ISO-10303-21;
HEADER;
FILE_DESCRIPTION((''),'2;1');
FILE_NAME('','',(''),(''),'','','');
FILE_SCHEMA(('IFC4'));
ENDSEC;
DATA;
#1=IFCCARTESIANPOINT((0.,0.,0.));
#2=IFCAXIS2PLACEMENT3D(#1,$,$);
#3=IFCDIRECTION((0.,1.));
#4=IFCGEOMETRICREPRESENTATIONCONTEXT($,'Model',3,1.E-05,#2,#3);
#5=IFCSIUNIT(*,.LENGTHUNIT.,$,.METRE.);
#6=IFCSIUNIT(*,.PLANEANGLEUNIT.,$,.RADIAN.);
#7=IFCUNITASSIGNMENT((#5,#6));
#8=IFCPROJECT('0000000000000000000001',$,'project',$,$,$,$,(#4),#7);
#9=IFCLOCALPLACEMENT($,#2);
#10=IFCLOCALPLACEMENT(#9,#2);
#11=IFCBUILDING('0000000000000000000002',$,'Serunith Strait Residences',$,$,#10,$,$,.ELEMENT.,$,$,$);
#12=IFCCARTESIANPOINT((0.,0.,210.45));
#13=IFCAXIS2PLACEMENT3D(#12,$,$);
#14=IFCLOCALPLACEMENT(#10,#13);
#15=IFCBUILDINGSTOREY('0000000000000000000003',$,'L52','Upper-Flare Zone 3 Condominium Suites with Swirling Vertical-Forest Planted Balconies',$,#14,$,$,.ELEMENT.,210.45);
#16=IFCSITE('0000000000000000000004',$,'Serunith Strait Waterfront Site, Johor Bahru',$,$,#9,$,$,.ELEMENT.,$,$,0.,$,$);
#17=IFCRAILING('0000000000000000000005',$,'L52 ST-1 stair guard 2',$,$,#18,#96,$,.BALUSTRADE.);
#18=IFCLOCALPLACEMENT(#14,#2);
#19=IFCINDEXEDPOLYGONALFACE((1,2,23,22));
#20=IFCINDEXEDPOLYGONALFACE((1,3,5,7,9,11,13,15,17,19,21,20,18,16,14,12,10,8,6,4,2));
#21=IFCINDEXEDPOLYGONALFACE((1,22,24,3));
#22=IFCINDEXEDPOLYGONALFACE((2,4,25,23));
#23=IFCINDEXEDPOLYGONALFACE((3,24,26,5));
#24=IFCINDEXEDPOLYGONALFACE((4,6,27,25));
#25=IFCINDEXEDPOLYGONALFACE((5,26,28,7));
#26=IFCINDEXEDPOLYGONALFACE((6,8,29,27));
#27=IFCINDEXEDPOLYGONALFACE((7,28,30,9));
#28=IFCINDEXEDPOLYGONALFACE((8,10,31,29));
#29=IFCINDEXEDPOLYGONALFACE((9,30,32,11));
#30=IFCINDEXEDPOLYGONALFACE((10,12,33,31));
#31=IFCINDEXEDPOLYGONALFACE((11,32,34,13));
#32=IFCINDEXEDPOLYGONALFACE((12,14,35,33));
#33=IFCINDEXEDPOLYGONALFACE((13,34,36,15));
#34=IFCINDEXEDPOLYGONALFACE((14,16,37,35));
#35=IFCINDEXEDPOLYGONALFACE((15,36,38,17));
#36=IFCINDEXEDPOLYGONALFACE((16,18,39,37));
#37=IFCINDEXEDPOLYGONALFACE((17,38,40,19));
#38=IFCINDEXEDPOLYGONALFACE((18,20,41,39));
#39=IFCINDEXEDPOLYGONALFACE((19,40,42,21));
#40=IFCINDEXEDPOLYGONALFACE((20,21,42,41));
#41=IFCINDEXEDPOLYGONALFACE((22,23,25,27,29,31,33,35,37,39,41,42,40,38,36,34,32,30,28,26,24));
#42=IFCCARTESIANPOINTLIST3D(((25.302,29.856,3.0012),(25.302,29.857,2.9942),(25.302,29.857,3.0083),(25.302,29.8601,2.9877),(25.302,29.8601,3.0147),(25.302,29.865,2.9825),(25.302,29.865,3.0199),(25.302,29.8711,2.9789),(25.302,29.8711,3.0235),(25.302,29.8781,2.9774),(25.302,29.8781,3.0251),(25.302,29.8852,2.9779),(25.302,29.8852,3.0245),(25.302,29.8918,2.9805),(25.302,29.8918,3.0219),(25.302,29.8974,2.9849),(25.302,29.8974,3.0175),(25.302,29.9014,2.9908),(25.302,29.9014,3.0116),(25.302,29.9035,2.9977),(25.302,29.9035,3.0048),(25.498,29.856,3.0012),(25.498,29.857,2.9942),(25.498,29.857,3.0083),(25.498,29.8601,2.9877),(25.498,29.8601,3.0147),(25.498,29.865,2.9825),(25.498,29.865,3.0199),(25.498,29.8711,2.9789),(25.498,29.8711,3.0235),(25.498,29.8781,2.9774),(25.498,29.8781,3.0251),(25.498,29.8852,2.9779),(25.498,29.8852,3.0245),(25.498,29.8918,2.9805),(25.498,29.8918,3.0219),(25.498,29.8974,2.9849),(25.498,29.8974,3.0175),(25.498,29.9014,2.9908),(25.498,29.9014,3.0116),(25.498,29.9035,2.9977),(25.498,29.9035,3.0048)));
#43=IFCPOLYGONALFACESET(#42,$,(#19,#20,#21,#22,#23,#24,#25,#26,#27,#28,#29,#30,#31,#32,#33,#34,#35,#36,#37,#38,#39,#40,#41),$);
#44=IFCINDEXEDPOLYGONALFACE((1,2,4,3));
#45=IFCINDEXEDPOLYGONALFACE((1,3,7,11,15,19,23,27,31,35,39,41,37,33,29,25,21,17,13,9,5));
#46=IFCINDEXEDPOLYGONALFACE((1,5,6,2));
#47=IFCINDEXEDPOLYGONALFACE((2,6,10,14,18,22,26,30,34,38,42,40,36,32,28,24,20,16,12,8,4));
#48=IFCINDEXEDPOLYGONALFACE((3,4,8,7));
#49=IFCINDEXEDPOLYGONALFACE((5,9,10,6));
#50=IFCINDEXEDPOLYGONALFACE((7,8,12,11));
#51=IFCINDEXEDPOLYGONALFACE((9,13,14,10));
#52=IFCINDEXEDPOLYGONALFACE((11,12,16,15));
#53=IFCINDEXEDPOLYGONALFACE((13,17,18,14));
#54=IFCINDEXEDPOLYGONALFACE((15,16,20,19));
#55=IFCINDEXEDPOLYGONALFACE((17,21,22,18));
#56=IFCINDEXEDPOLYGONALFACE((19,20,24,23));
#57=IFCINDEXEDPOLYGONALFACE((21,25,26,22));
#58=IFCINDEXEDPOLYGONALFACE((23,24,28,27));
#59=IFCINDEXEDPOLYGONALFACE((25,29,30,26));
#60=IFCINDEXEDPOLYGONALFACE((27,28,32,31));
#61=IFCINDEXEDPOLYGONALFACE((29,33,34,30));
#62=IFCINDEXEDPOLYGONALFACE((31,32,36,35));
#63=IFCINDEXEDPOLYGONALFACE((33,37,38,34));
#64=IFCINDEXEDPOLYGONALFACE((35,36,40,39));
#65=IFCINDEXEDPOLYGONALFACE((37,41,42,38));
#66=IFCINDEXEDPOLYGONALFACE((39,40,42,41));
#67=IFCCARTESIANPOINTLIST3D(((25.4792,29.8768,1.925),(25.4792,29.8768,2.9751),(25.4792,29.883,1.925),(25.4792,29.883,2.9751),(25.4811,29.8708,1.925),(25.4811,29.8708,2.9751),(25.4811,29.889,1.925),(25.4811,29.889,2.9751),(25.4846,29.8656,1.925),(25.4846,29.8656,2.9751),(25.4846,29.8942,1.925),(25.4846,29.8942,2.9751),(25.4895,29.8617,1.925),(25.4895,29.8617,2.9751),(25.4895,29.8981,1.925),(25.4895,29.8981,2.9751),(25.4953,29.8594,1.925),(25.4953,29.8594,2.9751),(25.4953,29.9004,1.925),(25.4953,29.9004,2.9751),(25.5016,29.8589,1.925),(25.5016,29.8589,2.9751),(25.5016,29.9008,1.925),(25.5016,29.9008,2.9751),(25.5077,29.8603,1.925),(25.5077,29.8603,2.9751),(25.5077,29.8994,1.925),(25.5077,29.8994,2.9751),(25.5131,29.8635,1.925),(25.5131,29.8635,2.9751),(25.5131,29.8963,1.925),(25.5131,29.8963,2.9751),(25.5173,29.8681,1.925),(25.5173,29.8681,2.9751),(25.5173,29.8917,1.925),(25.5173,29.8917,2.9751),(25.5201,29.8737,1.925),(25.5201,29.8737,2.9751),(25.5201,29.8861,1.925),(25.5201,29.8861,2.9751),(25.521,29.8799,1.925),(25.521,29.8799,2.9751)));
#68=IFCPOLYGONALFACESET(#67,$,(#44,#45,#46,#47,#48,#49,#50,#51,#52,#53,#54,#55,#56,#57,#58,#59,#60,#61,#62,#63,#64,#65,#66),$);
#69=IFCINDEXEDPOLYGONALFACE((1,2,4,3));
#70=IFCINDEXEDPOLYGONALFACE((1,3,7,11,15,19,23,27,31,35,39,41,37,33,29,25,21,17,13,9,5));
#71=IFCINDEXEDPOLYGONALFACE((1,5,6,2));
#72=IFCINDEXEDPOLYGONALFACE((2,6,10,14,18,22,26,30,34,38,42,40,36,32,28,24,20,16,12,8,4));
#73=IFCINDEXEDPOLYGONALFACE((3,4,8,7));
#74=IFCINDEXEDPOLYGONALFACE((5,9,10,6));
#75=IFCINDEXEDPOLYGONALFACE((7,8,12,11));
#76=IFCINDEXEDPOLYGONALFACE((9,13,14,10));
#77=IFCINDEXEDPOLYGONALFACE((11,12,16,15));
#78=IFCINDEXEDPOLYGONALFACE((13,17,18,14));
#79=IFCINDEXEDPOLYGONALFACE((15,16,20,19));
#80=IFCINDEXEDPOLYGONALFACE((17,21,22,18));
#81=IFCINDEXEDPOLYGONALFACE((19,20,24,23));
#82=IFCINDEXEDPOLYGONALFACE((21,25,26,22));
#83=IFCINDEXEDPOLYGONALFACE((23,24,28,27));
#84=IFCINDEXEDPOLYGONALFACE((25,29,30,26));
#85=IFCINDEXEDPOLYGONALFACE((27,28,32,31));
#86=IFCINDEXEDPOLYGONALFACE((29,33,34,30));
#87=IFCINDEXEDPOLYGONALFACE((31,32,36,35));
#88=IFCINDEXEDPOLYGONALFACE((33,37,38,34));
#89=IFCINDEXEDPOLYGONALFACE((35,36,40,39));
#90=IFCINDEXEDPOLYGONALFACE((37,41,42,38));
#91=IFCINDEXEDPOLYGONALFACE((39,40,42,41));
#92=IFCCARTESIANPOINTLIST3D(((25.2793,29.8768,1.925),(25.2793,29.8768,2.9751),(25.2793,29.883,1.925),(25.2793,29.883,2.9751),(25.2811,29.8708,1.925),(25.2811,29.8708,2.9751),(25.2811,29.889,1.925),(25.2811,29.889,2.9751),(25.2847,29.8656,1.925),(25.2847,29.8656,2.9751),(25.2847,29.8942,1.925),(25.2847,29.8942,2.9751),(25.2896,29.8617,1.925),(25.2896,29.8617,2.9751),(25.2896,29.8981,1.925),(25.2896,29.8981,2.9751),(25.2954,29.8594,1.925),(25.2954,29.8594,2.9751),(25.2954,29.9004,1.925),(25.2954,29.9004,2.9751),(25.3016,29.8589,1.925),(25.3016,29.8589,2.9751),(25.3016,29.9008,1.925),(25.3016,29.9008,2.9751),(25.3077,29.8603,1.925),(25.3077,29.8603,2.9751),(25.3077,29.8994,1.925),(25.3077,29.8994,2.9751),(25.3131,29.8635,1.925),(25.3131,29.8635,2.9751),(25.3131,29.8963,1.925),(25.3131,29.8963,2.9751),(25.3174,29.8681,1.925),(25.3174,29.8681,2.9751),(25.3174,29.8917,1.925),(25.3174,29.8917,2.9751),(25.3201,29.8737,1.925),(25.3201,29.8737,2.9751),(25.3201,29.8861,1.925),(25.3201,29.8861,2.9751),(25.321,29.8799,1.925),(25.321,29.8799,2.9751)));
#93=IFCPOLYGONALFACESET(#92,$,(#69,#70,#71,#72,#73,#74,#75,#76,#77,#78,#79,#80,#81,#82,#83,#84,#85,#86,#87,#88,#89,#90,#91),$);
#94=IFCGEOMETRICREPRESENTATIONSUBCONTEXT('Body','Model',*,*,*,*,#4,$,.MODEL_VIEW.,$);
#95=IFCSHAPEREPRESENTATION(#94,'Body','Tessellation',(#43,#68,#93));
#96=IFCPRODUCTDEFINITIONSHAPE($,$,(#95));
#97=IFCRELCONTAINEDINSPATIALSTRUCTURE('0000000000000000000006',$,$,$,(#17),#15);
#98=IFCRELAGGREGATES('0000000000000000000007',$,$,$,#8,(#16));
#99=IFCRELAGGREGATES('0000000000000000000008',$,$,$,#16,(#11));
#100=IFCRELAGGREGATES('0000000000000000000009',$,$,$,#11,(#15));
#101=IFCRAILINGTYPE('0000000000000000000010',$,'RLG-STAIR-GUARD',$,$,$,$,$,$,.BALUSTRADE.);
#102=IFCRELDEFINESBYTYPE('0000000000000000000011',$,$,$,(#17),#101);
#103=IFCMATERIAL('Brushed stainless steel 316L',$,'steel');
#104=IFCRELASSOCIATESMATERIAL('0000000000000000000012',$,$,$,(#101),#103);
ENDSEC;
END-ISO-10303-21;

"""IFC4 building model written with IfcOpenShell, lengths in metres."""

from ifc_helpers import new_model, si_unit, direction, frame, origin, origin_2d, place, context, subcontext, project, spatial, circle, extrude, material, type_object, element, save


model = new_model("IFC4")

# Units and contexts
model_context = context("Model", 3, precision=1e-05, world=origin(), true_north=direction((0.0, 1.0)))
body_context = subcontext(model_context, "Body", "Model", "MODEL_VIEW")
ifc_project = project(units=[si_unit("LENGTHUNIT", "METRE"), si_unit("PLANEANGLEUNIT", "RADIAN")], contexts=[model_context])

# Site, building, storey
site_placement = place(None, origin())
site = spatial("IfcSite", under=ifc_project, at=site_placement, Name="Serunith Strait Waterfront Site, Johor Bahru", CompositionType="ELEMENT", RefElevation=0.0)
building_placement = place(site_placement, origin())
building = spatial("IfcBuilding", under=site, at=building_placement, Name="Serunith Strait Residences", CompositionType="ELEMENT")
storey_placement = place(building_placement, frame((0.0, 0.0, 210.45)))
storey = spatial("IfcBuildingStorey", under=building, at=storey_placement, Name="L52", Description="Upper-Flare Zone 3 Condominium Suites with Swirling Vertical-Forest Planted Balconies", CompositionType="ELEMENT", Elevation=210.45)

# Railing
ifc_material_1 = material(Name="Brushed stainless steel 316L", Category="steel")
railing_type_1 = type_object("IfcRailingType", Name="RLG-STAIR-GUARD", PredefinedType="BALUSTRADE", material=ifc_material_1)
railing_1_placement = place(storey_placement, frame((25.5, 29.8799, 1.925)))
element("IfcRailing", 1, at=railing_1_placement, inside=storey, type_object=railing_type_1, Name="L52 ST-1 stair guard 2", PredefinedType="BALUSTRADE", context=body_context, shape_type="SweptSolid", body=[
    extrude(circle(Radius=0.0239, at=origin_2d()), frame((-0.002, 0.0, 1.0762), z_axis=(-1.0, 0.0, 0.0), x_axis=(0.0, -1.0, 0.0)), (0.0, 0.0, 1.0), 0.196),
    extrude(circle(Radius=0.021, at=origin_2d()), origin(), (0.0, 0.0, 1.0), 1.05),
    extrude(circle(Radius=0.021, at=origin_2d()), frame((-0.2, 0.0, 0.0)), (0.0, 0.0, 1.0), 1.05),
])

save(model, "model.ifc")
